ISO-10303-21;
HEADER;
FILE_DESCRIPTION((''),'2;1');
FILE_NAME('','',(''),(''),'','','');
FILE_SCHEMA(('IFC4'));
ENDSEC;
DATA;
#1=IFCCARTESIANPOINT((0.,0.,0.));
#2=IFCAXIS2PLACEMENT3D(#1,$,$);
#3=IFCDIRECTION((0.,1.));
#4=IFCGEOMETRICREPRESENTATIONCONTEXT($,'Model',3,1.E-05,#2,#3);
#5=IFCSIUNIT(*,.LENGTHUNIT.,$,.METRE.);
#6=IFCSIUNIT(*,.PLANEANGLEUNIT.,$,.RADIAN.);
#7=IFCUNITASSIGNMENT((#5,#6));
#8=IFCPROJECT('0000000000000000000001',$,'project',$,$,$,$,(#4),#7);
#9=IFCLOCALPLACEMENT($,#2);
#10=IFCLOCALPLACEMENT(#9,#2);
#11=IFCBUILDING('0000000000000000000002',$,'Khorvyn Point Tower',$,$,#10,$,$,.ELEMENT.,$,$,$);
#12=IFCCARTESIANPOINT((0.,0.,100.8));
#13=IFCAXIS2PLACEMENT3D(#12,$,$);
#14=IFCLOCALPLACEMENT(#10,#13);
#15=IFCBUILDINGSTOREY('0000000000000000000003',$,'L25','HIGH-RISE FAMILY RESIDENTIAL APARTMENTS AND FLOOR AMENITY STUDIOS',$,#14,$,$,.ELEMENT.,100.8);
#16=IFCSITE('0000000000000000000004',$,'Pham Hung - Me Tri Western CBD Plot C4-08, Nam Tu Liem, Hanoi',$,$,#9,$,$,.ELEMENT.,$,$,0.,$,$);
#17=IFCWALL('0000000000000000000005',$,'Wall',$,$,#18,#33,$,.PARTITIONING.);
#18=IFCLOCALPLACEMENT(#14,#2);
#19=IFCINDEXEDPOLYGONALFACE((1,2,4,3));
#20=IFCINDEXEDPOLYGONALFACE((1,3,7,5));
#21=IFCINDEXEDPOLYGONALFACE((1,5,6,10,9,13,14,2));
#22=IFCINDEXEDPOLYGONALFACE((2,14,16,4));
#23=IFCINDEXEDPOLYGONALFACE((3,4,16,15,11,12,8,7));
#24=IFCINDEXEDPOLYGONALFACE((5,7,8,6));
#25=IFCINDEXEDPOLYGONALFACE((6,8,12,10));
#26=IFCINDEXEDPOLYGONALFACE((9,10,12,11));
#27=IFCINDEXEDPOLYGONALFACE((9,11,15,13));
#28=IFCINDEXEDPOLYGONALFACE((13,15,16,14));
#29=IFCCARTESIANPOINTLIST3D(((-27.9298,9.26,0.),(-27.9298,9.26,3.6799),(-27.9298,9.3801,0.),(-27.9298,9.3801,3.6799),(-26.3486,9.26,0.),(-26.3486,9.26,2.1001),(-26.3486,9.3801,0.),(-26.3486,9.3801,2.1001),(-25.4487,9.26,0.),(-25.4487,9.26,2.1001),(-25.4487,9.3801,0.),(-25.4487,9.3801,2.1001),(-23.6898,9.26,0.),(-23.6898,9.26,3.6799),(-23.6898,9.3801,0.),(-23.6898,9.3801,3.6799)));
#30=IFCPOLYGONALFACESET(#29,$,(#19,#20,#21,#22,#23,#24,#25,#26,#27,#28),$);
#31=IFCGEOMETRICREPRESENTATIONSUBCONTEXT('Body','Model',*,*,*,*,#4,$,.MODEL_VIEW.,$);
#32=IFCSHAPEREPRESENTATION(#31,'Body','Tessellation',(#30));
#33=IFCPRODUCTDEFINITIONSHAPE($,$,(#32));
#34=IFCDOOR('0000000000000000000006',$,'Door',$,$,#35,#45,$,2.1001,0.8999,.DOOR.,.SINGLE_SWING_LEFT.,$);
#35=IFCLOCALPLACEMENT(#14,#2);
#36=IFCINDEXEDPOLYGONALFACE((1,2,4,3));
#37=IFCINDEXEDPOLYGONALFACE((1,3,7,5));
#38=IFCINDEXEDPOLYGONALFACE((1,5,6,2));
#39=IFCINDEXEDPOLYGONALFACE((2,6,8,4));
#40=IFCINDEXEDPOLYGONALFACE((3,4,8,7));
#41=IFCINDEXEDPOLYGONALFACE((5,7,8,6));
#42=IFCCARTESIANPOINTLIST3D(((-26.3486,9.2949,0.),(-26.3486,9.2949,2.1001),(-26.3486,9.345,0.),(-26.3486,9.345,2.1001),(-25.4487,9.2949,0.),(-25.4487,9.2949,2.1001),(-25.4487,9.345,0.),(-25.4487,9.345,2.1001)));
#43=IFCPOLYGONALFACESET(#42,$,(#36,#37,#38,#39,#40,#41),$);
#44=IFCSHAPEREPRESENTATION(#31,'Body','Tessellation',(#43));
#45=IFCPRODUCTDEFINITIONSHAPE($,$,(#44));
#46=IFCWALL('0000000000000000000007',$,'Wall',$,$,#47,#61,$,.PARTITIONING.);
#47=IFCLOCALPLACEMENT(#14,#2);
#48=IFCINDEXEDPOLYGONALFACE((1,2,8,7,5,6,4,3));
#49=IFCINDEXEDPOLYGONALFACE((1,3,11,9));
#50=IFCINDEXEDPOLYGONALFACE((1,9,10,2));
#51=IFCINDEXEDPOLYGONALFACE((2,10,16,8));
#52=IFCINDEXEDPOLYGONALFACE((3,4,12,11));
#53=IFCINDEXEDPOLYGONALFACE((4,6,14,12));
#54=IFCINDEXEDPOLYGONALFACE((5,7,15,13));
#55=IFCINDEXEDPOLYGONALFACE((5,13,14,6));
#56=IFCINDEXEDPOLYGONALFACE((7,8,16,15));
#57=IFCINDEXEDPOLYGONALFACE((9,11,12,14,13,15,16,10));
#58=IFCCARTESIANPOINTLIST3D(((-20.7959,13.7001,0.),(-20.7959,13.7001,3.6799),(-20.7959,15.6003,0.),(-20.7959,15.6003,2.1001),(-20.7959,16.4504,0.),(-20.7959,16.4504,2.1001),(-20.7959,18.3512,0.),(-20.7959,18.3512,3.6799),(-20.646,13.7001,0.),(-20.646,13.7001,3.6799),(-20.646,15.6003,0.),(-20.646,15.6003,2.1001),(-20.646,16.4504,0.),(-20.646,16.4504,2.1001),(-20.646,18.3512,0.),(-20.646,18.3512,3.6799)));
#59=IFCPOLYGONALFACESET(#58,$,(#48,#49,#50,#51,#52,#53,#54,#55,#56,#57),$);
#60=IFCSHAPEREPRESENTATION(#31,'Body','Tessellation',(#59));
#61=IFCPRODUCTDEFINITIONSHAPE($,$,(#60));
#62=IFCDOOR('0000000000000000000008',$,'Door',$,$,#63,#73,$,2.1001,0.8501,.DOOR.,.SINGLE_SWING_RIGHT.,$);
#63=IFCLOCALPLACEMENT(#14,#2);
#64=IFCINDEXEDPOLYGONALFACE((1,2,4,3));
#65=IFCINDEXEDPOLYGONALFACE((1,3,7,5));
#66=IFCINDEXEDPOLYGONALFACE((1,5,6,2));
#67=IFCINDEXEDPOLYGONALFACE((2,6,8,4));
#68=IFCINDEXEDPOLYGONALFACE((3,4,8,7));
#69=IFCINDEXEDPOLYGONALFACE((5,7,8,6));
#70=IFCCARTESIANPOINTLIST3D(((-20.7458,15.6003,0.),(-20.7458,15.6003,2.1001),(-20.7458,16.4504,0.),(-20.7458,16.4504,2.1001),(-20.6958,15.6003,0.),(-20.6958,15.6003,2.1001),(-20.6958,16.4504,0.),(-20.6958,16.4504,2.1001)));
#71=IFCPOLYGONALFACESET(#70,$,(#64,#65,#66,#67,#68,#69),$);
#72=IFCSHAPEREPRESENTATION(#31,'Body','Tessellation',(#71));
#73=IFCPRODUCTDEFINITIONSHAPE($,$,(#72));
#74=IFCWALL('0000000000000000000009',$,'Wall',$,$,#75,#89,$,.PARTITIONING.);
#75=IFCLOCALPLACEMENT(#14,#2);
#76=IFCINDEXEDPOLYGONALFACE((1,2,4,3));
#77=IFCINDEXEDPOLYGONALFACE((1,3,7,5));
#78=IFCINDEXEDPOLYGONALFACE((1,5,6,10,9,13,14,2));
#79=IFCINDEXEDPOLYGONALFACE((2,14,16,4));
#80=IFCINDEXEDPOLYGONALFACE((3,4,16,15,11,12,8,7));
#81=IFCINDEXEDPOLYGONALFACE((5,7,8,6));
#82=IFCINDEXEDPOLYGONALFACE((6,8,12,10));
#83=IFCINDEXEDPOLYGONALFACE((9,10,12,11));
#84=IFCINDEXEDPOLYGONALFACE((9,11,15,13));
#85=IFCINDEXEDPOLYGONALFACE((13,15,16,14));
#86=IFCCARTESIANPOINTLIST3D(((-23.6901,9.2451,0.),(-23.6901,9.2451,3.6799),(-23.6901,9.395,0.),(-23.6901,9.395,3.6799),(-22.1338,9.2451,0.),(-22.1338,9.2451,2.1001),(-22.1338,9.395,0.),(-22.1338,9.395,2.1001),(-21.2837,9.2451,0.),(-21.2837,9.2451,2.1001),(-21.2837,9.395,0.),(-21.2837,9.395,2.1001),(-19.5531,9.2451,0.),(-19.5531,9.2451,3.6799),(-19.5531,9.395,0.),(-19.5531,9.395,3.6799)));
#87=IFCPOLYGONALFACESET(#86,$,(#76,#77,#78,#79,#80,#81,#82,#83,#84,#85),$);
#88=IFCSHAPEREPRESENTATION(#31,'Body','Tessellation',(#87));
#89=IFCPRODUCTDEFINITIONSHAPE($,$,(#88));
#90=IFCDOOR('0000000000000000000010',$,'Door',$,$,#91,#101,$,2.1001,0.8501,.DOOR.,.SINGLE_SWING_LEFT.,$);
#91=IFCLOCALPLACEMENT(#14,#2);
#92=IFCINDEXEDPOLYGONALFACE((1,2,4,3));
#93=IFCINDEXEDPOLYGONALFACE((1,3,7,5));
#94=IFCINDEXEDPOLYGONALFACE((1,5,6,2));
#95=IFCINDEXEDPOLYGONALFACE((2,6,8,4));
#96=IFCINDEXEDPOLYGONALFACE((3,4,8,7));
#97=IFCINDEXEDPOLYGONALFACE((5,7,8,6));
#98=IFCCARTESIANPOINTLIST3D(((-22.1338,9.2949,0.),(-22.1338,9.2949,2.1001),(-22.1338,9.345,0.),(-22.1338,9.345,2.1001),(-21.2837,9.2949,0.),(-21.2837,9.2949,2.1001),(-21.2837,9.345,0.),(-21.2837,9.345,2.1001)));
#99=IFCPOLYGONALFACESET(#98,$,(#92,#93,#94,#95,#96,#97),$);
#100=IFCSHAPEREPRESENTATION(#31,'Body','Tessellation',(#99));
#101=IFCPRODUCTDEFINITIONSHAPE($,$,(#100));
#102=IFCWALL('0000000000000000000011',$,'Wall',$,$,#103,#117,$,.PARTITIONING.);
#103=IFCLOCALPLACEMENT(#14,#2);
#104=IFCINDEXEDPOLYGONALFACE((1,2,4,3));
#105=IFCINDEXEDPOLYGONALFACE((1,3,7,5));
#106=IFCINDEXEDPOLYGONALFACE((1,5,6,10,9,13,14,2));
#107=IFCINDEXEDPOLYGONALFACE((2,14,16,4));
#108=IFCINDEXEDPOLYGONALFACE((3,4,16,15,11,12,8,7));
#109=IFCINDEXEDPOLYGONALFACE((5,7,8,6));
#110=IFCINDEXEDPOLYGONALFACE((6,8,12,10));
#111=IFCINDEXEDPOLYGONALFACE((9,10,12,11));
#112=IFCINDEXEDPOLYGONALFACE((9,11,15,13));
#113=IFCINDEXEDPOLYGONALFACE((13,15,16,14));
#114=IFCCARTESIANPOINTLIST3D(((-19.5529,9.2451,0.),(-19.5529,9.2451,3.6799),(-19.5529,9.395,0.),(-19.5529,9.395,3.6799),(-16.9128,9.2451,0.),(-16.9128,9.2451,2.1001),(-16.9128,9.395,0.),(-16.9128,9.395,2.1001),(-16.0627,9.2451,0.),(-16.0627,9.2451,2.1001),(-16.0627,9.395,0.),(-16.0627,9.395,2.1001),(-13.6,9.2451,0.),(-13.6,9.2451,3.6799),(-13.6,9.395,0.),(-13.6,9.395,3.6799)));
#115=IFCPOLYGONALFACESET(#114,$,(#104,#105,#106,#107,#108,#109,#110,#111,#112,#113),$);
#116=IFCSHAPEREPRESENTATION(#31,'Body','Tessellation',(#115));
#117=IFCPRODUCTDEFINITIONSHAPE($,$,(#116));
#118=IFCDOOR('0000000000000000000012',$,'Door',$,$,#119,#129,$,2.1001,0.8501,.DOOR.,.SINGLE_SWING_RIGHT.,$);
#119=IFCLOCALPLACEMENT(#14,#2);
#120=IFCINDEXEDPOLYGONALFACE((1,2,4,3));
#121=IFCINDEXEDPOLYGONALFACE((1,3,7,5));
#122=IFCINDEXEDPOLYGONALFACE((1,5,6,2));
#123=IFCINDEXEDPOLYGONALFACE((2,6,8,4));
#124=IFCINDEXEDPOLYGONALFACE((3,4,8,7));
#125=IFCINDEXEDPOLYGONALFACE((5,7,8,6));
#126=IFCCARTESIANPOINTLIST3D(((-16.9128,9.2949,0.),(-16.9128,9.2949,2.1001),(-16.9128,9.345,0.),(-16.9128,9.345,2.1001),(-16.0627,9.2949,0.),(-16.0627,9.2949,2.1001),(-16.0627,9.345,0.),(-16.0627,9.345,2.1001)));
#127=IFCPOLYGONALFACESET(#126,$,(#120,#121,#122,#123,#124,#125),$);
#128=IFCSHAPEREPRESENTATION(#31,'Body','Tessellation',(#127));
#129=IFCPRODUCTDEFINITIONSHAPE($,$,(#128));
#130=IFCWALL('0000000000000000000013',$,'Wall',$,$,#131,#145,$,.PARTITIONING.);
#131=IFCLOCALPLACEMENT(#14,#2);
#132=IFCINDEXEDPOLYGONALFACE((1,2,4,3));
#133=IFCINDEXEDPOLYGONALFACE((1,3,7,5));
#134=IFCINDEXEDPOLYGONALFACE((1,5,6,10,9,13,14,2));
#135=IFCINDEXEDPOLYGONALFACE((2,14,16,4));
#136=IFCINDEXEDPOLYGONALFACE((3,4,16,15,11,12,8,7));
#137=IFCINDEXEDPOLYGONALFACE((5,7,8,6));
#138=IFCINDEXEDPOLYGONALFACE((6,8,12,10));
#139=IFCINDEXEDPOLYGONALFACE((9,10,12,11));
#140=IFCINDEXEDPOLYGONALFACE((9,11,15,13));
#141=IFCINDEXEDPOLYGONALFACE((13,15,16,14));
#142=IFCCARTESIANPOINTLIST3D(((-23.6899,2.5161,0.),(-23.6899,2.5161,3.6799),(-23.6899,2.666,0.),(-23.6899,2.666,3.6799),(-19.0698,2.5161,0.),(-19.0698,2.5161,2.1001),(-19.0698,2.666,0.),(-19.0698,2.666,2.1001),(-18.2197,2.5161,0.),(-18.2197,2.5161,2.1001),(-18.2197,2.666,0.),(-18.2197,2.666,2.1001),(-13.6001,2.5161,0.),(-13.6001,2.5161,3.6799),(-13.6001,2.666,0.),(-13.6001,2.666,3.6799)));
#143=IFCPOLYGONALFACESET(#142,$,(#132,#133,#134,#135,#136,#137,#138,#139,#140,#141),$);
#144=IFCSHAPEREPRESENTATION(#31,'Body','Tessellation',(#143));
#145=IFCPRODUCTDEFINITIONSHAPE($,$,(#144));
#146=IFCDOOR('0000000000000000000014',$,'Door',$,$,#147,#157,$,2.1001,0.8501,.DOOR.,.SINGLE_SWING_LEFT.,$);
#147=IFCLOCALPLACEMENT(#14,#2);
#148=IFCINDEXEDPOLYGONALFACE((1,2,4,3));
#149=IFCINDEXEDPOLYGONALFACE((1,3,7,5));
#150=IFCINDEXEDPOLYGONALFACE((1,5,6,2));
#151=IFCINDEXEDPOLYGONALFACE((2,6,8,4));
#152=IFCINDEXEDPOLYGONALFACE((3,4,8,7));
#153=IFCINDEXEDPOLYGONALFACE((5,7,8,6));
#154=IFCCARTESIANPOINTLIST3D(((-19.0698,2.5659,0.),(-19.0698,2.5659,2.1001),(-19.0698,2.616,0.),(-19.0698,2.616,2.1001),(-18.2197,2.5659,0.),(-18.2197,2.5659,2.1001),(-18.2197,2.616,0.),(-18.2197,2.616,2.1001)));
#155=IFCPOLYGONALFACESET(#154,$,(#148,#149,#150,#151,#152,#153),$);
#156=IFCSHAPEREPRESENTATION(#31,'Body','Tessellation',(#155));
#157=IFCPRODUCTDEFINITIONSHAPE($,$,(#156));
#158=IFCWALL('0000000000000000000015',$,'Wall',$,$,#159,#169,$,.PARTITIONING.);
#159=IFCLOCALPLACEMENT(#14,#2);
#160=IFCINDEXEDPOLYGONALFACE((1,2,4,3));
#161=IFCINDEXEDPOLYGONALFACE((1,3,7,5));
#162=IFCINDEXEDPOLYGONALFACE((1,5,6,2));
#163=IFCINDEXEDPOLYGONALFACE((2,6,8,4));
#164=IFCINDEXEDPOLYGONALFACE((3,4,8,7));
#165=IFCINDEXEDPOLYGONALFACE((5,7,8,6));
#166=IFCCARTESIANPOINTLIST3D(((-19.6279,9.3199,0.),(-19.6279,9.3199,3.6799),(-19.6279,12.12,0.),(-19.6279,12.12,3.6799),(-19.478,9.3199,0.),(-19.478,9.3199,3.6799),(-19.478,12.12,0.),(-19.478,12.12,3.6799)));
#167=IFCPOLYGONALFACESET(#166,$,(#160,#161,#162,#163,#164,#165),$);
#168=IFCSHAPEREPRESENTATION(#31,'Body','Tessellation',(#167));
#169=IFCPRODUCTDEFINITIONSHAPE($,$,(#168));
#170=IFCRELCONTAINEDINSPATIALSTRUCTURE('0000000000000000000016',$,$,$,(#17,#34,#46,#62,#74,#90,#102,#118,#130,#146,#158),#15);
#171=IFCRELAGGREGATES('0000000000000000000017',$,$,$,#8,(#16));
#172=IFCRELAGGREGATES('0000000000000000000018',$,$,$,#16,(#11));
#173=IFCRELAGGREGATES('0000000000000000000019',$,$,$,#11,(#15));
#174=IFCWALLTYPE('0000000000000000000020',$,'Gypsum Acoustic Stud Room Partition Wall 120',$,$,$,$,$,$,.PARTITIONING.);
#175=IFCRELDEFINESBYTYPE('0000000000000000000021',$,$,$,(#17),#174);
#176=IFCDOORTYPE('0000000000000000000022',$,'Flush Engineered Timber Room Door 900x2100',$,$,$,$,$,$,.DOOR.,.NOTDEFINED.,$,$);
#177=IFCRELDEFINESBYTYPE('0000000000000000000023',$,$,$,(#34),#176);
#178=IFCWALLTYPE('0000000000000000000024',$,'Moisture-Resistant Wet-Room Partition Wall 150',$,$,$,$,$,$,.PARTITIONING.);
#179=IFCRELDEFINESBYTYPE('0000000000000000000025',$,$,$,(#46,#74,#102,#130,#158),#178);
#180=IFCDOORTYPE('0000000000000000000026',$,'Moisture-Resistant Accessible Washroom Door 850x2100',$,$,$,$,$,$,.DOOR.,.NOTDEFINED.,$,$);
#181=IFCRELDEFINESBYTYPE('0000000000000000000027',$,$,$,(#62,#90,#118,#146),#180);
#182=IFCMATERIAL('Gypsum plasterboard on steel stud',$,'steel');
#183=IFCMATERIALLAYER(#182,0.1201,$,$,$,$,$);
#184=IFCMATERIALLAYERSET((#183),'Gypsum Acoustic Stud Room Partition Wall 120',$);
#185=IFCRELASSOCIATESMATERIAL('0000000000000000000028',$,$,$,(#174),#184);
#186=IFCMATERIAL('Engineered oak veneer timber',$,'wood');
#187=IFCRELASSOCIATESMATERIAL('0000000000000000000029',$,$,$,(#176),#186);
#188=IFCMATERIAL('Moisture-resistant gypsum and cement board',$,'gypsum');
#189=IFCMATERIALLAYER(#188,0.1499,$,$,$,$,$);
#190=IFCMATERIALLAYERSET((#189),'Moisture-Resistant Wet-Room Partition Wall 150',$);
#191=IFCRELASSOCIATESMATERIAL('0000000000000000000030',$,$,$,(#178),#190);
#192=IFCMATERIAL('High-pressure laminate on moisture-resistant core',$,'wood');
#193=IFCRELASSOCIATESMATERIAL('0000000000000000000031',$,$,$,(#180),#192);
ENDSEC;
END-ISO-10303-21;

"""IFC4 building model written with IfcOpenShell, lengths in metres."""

from ifc_helpers import new_model, si_unit, direction, frame, frame_2d, origin, place, context, subcontext, project, spatial, rectangle, extrude, material, layer, layer_set, type_object, element, fill, save


model = new_model("IFC4")

# Units and contexts
model_context = context("Model", 3, precision=1e-05, world=origin(), true_north=direction((0.0, 1.0)))
body_context = subcontext(model_context, "Body", "Model", "MODEL_VIEW")
ifc_project = project(units=[si_unit("LENGTHUNIT", "METRE"), si_unit("PLANEANGLEUNIT", "RADIAN")], contexts=[model_context])

# Site, building, storey
site_placement = place(None, origin())
site = spatial("IfcSite", under=ifc_project, at=site_placement, Name="Pham Hung - Me Tri Western CBD Plot C4-08, Nam Tu Liem, Hanoi", CompositionType="ELEMENT", RefElevation=0.0)
building_placement = place(site_placement, origin())
building = spatial("IfcBuilding", under=site, at=building_placement, Name="Khorvyn Point Tower", CompositionType="ELEMENT")
storey_placement = place(building_placement, frame((0.0, 0.0, 100.8)))
storey = spatial("IfcBuildingStorey", under=building, at=storey_placement, Name="L25", Description="HIGH-RISE FAMILY RESIDENTIAL APARTMENTS AND FLOOR AMENITY STUDIOS", CompositionType="ELEMENT", Elevation=100.8)

# Walls, openings, doors
ifc_material_1 = material(Name="Gypsum plasterboard on steel stud", Category="steel")
ifc_layer_1 = layer(ifc_material_1, 0.1201)
ifc_layer_set_1 = layer_set([ifc_layer_1], Name="Gypsum Acoustic Stud Room Partition Wall 120")
wall_type_1 = type_object("IfcWallType", Name="Gypsum Acoustic Stud Room Partition Wall 120", PredefinedType="PARTITIONING", material=ifc_layer_set_1)
wall_1_placement = place(storey_placement, frame((-27.9299, 9.3201, 0.0), z_axis=(0.0, 0.0, 1.0), x_axis=(1.0, 0.0, 0.0)))
wall_1 = element("IfcWall", 1, at=wall_1_placement, inside=storey, type_object=wall_type_1, Name="Wall", PredefinedType="PARTITIONING", context=body_context, shape_type="SweptSolid", body=[
    extrude(rectangle(XDim=4.24, YDim=0.1201, at=frame_2d((2.1201, 0.0))), origin(), (0.0, 0.0, 1.0), 3.6799),
])
opening_1_placement = place(wall_1_placement, frame((1.5813, 0.0, 0.0)))
opening_1 = element("IfcOpeningElement", 2, at=opening_1_placement, cuts=wall_1, PredefinedType="OPENING", context=body_context, shape_type="SweptSolid", body=[
    extrude(rectangle(XDim=0.8999, YDim=2.1001, at=frame_2d((0.45, 1.05))), frame((0.0, 0.0701, 0.0), z_axis=(0.0, -1.0, 0.0), x_axis=(1.0, 0.0, 0.0)), (0.0, 0.0, 1.0), 0.1401),
])
ifc_material_2 = material(Name="Engineered oak veneer timber", Category="wood")
door_type_1 = type_object("IfcDoorType", Name="Flush Engineered Timber Room Door 900x2100", OperationType="NOTDEFINED", PredefinedType="DOOR", material=ifc_material_2)
door_1_placement = place(opening_1_placement, origin())
door_1 = element("IfcDoor", 3, at=door_1_placement, inside=storey, type_object=door_type_1, Name="Door", OperationType="SINGLE_SWING_LEFT", OverallHeight=2.1001, OverallWidth=0.8999, PredefinedType="DOOR", context=body_context, shape_type="SweptSolid", body=[
    extrude(rectangle(XDim=0.8999, YDim=2.1001, at=frame_2d((0.45, 1.05))), frame((0.0, 0.0249, 0.0), z_axis=(0.0, -1.0, 0.0), x_axis=(1.0, 0.0, 0.0)), (0.0, 0.0, 1.0), 0.05),
])
fill(opening_1, door_1)
ifc_material_3 = material(Name="Moisture-resistant gypsum and cement board", Category="gypsum")
ifc_layer_2 = layer(ifc_material_3, 0.1499)
ifc_layer_set_2 = layer_set([ifc_layer_2], Name="Moisture-Resistant Wet-Room Partition Wall 150")
wall_type_2 = type_object("IfcWallType", Name="Moisture-Resistant Wet-Room Partition Wall 150", PredefinedType="PARTITIONING", material=ifc_layer_set_2)
wall_2_placement = place(storey_placement, frame((-20.7209, 13.7, 0.0), z_axis=(0.0, 0.0, 1.0), x_axis=(0.0, 1.0, 0.0)))
wall_2 = element("IfcWall", 4, at=wall_2_placement, inside=storey, type_object=wall_type_2, Name="Wall", PredefinedType="PARTITIONING", context=body_context, shape_type="SweptSolid", body=[
    extrude(rectangle(XDim=4.6511, YDim=0.1499, at=frame_2d((2.3257, 0.0))), origin(), (0.0, 0.0, 1.0), 3.6799),
])
opening_2_placement = place(wall_2_placement, frame((1.9004, 0.0, 0.0)))
opening_2 = element("IfcOpeningElement", 5, at=opening_2_placement, cuts=wall_2, PredefinedType="OPENING", context=body_context, shape_type="SweptSolid", body=[
    extrude(rectangle(XDim=0.8501, YDim=2.1001, at=frame_2d((0.425, 1.05))), frame((0.0, 0.085, 0.0), z_axis=(0.0, -1.0, 0.0), x_axis=(1.0, 0.0, 0.0)), (0.0, 0.0, 1.0), 0.1699),
])
ifc_material_4 = material(Name="High-pressure laminate on moisture-resistant core", Category="wood")
door_type_2 = type_object("IfcDoorType", Name="Moisture-Resistant Accessible Washroom Door 850x2100", OperationType="NOTDEFINED", PredefinedType="DOOR", material=ifc_material_4)
door_2_placement = place(opening_2_placement, origin())
door_2 = element("IfcDoor", 6, at=door_2_placement, inside=storey, type_object=door_type_2, Name="Door", OperationType="SINGLE_SWING_RIGHT", OverallHeight=2.1001, OverallWidth=0.8501, PredefinedType="DOOR", context=body_context, shape_type="SweptSolid", body=[
    extrude(rectangle(XDim=0.8501, YDim=2.1001, at=frame_2d((0.425, 1.05))), frame((0.0, 0.0249, 0.0), z_axis=(0.0, -1.0, 0.0), x_axis=(1.0, 0.0, 0.0)), (0.0, 0.0, 1.0), 0.05),
])
fill(opening_2, door_2)
wall_3_placement = place(storey_placement, frame((-23.6899, 9.3201, 0.0), z_axis=(0.0, 0.0, 1.0), x_axis=(1.0, 0.0, 0.0)))
wall_3 = element("IfcWall", 7, at=wall_3_placement, inside=storey, type_object=wall_type_2, Name="Wall", PredefinedType="PARTITIONING", context=body_context, shape_type="SweptSolid", body=[
    extrude(rectangle(XDim=4.137, YDim=0.1499, at=frame_2d((2.0684, 0.0))), origin(), (0.0, 0.0, 1.0), 3.6799),
])
opening_3_placement = place(wall_3_placement, frame((1.5562, 0.0, 0.0)))
opening_3 = element("IfcOpeningElement", 8, at=opening_3_placement, cuts=wall_3, PredefinedType="OPENING", context=body_context, shape_type="SweptSolid", body=[
    extrude(rectangle(XDim=0.8501, YDim=2.1001, at=frame_2d((0.425, 1.05))), frame((0.0, 0.085, 0.0), z_axis=(0.0, -1.0, 0.0), x_axis=(1.0, 0.0, 0.0)), (0.0, 0.0, 1.0), 0.1699),
])
door_3_placement = place(opening_3_placement, origin())
door_3 = element("IfcDoor", 9, at=door_3_placement, inside=storey, type_object=door_type_2, Name="Door", OperationType="SINGLE_SWING_LEFT", OverallHeight=2.1001, OverallWidth=0.8501, PredefinedType="DOOR", context=body_context, shape_type="SweptSolid", body=[
    extrude(rectangle(XDim=0.8501, YDim=2.1001, at=frame_2d((0.425, 1.05))), frame((0.0, 0.0249, 0.0), z_axis=(0.0, -1.0, 0.0), x_axis=(1.0, 0.0, 0.0)), (0.0, 0.0, 1.0), 0.05),
])
fill(opening_3, door_3)
wall_4_placement = place(storey_placement, frame((-19.553, 9.3201, 0.0), z_axis=(0.0, 0.0, 1.0), x_axis=(1.0, 0.0, 0.0)))
wall_4 = element("IfcWall", 10, at=wall_4_placement, inside=storey, type_object=wall_type_2, Name="Wall", PredefinedType="PARTITIONING", context=body_context, shape_type="SweptSolid", body=[
    extrude(rectangle(XDim=5.9529, YDim=0.1499, at=frame_2d((2.9766, 0.0))), origin(), (0.0, 0.0, 1.0), 3.6799),
])
opening_4_placement = place(wall_4_placement, frame((2.6401, 0.0, 0.0)))
opening_4 = element("IfcOpeningElement", 11, at=opening_4_placement, cuts=wall_4, PredefinedType="OPENING", context=body_context, shape_type="SweptSolid", body=[
    extrude(rectangle(XDim=0.8501, YDim=2.1001, at=frame_2d((0.425, 1.05))), frame((0.0, 0.085, 0.0), z_axis=(0.0, -1.0, 0.0), x_axis=(1.0, 0.0, 0.0)), (0.0, 0.0, 1.0), 0.1699),
])
door_4_placement = place(opening_4_placement, origin())
door_4 = element("IfcDoor", 12, at=door_4_placement, inside=storey, type_object=door_type_2, Name="Door", OperationType="SINGLE_SWING_RIGHT", OverallHeight=2.1001, OverallWidth=0.8501, PredefinedType="DOOR", context=body_context, shape_type="SweptSolid", body=[
    extrude(rectangle(XDim=0.8501, YDim=2.1001, at=frame_2d((0.425, 1.05))), frame((0.0, 0.0249, 0.0), z_axis=(0.0, -1.0, 0.0), x_axis=(1.0, 0.0, 0.0)), (0.0, 0.0, 1.0), 0.05),
])
fill(opening_4, door_4)
wall_5_placement = place(storey_placement, frame((-23.6899, 2.5911, 0.0), z_axis=(0.0, 0.0, 1.0), x_axis=(1.0, 0.0, 0.0)))
wall_5 = element("IfcWall", 13, at=wall_5_placement, inside=storey, type_object=wall_type_2, Name="Wall", PredefinedType="PARTITIONING", context=body_context, shape_type="SweptSolid", body=[
    extrude(rectangle(XDim=10.0898, YDim=0.1499, at=frame_2d((5.0449, 0.0))), origin(), (0.0, 0.0, 1.0), 3.6799),
])
opening_5_placement = place(wall_5_placement, frame((4.6201, 0.0, 0.0)))
opening_5 = element("IfcOpeningElement", 14, at=opening_5_placement, cuts=wall_5, PredefinedType="OPENING", context=body_context, shape_type="SweptSolid", body=[
    extrude(rectangle(XDim=0.8501, YDim=2.1001, at=frame_2d((0.425, 1.05))), frame((0.0, 0.085, 0.0), z_axis=(0.0, -1.0, 0.0), x_axis=(1.0, 0.0, 0.0)), (0.0, 0.0, 1.0), 0.1699),
])
door_5_placement = place(opening_5_placement, origin())
door_5 = element("IfcDoor", 15, at=door_5_placement, inside=storey, type_object=door_type_2, Name="Door", OperationType="SINGLE_SWING_LEFT", OverallHeight=2.1001, OverallWidth=0.8501, PredefinedType="DOOR", context=body_context, shape_type="SweptSolid", body=[
    extrude(rectangle(XDim=0.8501, YDim=2.1001, at=frame_2d((0.425, 1.05))), frame((0.0, 0.0249, 0.0), z_axis=(0.0, -1.0, 0.0), x_axis=(1.0, 0.0, 0.0)), (0.0, 0.0, 1.0), 0.05),
])
fill(opening_5, door_5)

# Wall
for number, where, z_axis, x_axis, name in (
    (16, (-19.553, 9.3201, 0.0), (0.0, 0.0, 1.0), (0.0, 1.0, 0.0), "Wall"),
):
    element("IfcWall", number, at=place(storey_placement, frame(where, z_axis=z_axis, x_axis=x_axis)), inside=storey, type_object=wall_type_2, Name=name, PredefinedType="PARTITIONING", context=body_context, shape_type="SweptSolid", body=[
        extrude(rectangle(XDim=2.8, YDim=0.1499, at=frame_2d((1.3999, 0.0))), origin(), (0.0, 0.0, 1.0), 3.6799),
    ])

save(model, "model.ifc")
